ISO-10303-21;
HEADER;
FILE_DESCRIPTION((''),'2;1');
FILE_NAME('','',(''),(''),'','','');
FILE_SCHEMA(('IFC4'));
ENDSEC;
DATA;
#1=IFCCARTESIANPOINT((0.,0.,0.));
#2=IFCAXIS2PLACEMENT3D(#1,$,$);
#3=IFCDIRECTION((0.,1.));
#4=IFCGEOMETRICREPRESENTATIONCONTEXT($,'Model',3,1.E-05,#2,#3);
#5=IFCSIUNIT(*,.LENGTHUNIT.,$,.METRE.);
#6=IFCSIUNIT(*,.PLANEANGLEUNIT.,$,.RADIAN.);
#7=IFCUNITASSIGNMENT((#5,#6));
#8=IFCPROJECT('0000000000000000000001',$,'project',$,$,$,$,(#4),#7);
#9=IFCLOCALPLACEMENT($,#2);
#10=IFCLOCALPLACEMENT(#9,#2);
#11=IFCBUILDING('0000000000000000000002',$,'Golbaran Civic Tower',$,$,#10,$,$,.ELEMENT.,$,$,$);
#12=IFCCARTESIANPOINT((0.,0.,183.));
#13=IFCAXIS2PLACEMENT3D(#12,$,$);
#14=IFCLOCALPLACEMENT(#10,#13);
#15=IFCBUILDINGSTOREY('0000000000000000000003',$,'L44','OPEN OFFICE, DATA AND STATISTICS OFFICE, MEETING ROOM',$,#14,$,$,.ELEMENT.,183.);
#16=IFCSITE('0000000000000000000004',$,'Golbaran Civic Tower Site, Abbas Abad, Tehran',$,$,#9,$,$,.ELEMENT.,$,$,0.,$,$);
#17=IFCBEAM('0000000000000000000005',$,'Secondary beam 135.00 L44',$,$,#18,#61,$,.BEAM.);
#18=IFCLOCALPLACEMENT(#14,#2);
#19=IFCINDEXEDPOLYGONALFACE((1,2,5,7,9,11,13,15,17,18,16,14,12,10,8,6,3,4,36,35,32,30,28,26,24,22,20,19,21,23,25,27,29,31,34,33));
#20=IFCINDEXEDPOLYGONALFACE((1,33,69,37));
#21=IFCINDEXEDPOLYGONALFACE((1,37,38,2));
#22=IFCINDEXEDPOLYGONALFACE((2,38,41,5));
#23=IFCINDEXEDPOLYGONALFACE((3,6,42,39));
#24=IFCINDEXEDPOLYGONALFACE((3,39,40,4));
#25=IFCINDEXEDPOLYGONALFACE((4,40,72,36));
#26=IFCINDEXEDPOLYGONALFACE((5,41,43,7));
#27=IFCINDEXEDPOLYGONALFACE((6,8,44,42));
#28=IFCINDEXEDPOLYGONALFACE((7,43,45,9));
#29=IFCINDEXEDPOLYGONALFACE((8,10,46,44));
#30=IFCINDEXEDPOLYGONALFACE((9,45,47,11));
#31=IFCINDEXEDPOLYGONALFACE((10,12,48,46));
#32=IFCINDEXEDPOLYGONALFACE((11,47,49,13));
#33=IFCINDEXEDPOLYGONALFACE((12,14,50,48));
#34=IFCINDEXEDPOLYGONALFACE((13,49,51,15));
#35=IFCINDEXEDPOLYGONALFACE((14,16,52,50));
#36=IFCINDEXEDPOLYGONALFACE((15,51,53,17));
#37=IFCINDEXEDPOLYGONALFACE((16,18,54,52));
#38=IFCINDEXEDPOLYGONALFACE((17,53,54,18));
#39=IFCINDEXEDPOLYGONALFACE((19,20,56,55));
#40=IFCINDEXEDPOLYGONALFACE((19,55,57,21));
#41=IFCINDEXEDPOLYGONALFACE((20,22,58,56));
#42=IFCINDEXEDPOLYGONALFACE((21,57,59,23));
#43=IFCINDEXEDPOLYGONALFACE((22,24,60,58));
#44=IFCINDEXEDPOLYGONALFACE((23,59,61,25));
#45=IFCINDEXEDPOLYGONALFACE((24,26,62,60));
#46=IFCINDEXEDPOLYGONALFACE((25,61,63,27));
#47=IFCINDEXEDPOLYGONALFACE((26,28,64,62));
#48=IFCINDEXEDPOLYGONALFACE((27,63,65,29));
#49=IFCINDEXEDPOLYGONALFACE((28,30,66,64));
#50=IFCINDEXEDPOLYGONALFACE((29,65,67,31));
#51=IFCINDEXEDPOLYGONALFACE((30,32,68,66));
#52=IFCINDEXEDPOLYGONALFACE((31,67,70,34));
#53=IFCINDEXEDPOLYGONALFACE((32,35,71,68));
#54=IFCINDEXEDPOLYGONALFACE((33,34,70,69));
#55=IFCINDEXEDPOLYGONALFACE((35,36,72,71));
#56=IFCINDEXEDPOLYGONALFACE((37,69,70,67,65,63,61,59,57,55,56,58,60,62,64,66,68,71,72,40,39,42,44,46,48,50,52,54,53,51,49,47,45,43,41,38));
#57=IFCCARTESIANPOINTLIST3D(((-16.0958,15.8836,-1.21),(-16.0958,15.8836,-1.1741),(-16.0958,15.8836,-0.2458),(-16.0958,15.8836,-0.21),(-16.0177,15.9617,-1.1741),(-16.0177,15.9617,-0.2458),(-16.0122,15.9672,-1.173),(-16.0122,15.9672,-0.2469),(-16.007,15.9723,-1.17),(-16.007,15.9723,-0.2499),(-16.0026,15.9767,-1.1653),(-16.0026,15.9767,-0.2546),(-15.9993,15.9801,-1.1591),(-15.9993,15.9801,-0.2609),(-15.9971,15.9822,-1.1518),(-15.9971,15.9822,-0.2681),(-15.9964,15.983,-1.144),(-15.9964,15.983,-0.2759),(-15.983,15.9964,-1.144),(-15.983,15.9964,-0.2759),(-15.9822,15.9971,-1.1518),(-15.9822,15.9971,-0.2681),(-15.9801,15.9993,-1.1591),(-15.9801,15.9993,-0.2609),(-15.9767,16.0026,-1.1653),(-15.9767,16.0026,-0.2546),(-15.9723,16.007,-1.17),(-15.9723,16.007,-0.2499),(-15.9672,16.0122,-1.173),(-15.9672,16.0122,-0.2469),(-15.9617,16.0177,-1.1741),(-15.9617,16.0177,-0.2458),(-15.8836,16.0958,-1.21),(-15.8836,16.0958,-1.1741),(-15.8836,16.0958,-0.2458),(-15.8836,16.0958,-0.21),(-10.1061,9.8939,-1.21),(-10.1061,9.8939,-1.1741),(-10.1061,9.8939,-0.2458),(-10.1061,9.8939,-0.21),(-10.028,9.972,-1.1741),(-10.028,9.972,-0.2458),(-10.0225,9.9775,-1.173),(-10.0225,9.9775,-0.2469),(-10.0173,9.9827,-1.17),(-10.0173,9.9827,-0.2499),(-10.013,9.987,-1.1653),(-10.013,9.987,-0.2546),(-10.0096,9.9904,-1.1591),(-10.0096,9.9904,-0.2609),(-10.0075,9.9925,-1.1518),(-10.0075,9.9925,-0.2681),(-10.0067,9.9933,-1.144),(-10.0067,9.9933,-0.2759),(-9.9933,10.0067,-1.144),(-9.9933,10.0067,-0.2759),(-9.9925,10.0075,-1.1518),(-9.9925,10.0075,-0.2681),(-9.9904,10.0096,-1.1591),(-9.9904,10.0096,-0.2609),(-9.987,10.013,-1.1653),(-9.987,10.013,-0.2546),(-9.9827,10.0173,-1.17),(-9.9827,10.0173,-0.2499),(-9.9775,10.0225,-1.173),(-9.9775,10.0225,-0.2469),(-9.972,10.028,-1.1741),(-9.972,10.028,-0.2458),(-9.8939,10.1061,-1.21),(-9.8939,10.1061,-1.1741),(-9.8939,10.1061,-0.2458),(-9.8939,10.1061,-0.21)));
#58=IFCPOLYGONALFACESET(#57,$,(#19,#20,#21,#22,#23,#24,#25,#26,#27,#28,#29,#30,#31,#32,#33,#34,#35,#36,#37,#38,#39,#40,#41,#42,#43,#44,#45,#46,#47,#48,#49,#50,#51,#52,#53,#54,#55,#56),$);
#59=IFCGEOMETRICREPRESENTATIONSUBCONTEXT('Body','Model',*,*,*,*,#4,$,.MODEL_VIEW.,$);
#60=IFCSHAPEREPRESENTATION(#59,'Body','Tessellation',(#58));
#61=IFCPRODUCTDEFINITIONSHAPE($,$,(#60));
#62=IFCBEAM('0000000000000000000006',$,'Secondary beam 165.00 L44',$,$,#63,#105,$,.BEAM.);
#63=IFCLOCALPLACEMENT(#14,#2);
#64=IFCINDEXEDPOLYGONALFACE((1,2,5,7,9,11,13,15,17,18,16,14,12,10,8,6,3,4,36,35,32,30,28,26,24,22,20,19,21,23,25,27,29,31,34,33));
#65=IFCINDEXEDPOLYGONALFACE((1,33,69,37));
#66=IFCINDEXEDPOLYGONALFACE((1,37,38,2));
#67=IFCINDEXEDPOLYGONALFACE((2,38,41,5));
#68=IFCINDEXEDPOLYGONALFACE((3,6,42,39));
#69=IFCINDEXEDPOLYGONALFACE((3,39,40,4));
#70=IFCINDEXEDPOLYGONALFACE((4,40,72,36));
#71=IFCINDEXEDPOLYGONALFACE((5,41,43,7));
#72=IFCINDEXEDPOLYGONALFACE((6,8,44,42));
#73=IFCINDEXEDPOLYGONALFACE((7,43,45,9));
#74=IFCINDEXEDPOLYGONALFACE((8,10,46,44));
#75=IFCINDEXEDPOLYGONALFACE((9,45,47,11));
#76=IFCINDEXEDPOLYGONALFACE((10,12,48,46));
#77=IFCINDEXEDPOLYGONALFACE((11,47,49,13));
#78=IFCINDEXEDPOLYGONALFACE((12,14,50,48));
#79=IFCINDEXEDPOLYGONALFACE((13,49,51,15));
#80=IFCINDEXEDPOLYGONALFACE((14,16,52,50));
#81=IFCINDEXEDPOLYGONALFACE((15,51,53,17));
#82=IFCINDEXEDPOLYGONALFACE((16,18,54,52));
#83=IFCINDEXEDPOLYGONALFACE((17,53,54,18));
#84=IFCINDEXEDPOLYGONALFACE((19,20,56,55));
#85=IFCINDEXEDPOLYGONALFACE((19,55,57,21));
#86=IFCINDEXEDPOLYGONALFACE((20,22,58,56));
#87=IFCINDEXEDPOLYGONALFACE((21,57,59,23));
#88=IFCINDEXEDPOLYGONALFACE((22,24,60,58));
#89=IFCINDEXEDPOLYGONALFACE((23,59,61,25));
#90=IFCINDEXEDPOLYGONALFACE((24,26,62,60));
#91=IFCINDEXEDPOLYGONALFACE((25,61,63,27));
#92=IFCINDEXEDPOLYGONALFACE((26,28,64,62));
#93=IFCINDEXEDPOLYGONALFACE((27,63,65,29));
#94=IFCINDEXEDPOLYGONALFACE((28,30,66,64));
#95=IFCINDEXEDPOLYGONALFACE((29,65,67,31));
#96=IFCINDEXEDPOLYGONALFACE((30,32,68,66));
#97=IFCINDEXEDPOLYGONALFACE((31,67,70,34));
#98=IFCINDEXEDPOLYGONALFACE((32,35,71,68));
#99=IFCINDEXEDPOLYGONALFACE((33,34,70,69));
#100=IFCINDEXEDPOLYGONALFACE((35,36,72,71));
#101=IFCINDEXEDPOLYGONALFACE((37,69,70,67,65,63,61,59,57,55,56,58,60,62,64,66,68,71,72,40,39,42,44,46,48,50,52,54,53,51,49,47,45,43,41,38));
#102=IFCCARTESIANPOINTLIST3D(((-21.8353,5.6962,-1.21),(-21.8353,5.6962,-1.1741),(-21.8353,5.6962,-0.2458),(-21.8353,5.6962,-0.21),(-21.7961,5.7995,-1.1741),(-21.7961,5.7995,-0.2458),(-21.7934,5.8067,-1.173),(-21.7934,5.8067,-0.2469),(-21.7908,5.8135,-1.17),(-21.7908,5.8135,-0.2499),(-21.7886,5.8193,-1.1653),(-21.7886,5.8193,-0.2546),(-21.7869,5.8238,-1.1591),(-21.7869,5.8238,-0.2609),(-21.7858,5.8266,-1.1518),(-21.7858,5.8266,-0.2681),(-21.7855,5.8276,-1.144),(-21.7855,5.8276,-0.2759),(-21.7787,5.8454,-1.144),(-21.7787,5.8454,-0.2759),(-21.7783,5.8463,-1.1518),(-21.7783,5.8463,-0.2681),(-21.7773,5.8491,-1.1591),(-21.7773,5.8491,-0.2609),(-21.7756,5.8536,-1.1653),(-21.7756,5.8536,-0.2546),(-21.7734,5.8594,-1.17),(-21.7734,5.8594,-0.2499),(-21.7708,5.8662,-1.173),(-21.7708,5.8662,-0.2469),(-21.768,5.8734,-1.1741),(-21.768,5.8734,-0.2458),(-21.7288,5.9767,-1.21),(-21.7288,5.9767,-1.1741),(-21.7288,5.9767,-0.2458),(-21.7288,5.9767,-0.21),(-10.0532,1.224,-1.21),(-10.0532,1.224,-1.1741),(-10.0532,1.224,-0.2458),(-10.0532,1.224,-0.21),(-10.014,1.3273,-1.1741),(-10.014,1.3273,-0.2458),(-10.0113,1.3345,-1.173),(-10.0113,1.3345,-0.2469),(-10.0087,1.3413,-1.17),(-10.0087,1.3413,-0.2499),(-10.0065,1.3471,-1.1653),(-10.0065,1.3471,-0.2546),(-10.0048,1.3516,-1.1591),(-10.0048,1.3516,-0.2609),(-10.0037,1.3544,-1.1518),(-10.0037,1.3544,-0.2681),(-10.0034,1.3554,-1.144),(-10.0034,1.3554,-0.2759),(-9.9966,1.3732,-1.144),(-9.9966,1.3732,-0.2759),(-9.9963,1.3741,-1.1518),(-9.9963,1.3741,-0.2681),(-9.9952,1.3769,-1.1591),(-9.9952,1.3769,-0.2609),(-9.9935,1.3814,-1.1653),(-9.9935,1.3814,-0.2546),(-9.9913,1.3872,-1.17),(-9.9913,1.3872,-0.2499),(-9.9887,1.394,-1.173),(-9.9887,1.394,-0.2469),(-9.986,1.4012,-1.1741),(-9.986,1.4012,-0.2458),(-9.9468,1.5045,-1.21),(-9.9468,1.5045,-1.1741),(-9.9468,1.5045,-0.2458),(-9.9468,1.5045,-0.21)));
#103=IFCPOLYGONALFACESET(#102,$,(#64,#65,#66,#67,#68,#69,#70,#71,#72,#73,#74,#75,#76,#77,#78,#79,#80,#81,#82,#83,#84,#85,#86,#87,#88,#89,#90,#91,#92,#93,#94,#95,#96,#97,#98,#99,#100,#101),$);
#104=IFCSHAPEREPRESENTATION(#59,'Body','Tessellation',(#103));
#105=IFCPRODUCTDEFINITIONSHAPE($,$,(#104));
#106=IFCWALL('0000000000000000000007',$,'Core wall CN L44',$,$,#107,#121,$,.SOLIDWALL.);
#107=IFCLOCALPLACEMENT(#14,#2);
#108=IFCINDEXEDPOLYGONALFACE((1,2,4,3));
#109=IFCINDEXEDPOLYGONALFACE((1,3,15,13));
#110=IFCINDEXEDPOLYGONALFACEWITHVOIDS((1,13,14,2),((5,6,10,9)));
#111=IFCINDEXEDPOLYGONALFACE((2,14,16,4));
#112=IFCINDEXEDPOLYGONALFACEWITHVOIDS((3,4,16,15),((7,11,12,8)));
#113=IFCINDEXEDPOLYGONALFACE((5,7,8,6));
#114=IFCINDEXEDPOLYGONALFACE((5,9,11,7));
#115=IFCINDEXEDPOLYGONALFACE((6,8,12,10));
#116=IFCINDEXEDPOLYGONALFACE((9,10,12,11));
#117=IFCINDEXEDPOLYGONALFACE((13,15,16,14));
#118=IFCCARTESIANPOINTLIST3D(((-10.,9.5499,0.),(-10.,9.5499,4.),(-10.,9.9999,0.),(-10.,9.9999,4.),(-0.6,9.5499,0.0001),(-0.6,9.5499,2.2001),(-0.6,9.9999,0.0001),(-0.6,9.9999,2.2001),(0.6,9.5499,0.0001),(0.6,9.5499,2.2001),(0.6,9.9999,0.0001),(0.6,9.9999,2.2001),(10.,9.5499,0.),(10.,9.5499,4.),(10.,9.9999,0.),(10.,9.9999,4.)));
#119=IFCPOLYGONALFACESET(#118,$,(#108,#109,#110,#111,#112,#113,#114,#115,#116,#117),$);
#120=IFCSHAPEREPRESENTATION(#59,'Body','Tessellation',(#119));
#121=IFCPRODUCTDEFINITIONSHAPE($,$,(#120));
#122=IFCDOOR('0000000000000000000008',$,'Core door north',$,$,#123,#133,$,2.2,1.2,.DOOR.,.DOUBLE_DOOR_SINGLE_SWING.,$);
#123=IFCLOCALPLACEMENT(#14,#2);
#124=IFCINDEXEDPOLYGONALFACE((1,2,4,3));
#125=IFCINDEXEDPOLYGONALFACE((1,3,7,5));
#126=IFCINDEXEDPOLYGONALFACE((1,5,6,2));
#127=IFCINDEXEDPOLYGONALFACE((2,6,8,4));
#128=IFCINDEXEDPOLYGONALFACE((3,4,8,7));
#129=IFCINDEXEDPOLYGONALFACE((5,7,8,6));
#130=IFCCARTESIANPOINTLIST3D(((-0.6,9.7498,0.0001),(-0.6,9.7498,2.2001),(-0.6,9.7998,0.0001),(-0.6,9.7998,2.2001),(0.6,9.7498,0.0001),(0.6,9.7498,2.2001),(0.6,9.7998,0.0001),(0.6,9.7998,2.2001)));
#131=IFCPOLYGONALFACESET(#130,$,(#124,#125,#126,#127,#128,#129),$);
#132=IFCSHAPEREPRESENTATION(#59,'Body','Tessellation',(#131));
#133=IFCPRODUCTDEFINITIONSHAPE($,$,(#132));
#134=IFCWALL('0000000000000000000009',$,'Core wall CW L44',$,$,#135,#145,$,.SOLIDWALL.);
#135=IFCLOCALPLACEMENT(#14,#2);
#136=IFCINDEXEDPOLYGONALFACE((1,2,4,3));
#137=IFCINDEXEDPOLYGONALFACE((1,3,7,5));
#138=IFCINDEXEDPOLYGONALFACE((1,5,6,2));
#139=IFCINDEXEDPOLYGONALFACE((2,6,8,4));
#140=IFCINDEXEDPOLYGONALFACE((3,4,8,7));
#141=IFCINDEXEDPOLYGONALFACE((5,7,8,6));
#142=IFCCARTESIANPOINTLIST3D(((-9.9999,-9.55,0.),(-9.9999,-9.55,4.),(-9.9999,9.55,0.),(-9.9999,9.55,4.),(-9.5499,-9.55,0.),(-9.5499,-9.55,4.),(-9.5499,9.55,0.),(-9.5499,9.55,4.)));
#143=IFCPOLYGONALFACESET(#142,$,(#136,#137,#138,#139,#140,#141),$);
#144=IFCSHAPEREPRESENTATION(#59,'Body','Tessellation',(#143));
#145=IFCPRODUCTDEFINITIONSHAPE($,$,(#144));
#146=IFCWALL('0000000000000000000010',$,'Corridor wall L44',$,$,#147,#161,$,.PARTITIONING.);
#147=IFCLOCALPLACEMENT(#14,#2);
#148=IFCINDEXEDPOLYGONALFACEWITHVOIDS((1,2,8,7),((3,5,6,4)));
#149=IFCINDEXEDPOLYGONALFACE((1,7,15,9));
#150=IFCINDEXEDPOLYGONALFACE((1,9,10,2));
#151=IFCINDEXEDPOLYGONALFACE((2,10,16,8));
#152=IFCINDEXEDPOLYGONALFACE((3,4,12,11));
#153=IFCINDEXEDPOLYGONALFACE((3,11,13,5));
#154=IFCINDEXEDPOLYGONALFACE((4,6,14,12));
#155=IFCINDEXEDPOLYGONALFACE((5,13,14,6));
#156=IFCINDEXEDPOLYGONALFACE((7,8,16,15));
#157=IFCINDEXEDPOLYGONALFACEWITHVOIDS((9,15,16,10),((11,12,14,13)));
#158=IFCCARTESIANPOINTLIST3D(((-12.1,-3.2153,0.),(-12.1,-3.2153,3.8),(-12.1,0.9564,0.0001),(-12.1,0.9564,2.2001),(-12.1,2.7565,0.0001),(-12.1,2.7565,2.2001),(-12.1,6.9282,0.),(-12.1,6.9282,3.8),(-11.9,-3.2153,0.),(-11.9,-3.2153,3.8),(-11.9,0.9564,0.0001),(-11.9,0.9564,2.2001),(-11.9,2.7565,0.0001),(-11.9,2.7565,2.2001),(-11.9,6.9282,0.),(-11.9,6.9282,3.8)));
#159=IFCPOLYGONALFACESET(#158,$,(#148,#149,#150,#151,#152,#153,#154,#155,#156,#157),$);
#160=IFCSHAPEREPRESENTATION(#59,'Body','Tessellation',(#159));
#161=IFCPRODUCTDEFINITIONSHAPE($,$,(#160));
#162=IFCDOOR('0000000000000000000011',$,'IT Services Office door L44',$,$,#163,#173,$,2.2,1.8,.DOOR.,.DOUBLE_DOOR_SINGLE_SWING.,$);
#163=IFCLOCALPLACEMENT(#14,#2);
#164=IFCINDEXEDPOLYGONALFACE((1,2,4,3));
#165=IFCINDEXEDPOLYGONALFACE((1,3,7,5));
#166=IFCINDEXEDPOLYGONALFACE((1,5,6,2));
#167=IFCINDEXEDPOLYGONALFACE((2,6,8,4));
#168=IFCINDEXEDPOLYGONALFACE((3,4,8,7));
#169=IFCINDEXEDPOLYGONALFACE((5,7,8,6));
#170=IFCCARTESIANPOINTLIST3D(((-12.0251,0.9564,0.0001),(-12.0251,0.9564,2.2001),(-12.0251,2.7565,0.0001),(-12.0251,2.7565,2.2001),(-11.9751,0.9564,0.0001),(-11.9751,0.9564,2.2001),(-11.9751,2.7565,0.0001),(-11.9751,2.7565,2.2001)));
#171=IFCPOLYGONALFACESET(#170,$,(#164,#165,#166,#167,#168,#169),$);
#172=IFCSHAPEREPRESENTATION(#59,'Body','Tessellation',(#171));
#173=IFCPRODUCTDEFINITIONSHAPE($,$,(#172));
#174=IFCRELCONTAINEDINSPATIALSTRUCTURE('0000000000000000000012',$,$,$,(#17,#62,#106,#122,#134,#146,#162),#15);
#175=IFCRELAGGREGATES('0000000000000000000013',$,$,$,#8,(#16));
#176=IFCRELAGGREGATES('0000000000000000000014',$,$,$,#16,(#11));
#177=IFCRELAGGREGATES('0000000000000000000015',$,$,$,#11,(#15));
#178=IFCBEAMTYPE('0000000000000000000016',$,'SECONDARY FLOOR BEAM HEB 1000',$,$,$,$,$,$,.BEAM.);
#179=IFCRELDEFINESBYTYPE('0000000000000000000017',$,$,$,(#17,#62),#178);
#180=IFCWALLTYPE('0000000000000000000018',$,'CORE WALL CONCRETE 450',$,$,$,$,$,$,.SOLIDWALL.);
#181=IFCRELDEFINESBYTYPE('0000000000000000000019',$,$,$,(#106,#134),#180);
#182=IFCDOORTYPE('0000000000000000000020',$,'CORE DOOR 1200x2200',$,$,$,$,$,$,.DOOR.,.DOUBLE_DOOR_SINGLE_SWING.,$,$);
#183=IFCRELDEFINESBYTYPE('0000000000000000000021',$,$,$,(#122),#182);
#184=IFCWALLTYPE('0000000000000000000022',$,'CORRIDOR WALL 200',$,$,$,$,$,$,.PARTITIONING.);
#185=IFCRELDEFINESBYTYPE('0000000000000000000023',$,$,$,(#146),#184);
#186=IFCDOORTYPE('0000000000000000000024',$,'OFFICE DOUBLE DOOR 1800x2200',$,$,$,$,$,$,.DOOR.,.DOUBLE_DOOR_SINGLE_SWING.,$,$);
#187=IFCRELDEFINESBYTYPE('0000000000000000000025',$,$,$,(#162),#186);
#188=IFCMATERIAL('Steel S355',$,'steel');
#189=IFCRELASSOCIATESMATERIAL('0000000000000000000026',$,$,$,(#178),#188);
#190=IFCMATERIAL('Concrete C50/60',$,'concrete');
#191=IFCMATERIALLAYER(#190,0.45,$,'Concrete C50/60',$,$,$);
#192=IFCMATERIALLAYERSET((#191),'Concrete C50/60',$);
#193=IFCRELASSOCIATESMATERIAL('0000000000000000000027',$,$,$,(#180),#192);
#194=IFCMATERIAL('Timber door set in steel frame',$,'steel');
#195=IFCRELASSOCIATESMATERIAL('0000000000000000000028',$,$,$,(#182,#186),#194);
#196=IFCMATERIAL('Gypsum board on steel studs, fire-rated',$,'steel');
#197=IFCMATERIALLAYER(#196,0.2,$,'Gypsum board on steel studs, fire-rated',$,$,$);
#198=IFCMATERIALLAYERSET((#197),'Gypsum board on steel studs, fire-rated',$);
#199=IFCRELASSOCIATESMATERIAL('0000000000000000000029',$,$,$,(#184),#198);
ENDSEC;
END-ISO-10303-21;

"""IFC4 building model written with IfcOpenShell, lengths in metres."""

from ifc_helpers import new_model, si_unit, direction, frame, frame_2d, origin, origin_2d, place, context, subcontext, project, spatial, rectangle, i_section, extrude, material, layer, layer_set, material_profile, profile_set, type_object, element, fill, save


model = new_model("IFC4")

# Units and contexts
model_context = context("Model", 3, precision=1e-05, world=origin(), true_north=direction((0.0, 1.0)))
body_context = subcontext(model_context, "Body", "Model", "MODEL_VIEW")
ifc_project = project(units=[si_unit("LENGTHUNIT", "METRE"), si_unit("PLANEANGLEUNIT", "RADIAN")], contexts=[model_context])

# Site, building, storey
site_placement = place(None, origin())
site = spatial("IfcSite", under=ifc_project, at=site_placement, Name="Golbaran Civic Tower Site, Abbas Abad, Tehran", CompositionType="ELEMENT", RefElevation=0.0)
building_placement = place(site_placement, origin())
building = spatial("IfcBuilding", under=site, at=building_placement, Name="Golbaran Civic Tower", CompositionType="ELEMENT")
storey_placement = place(building_placement, frame((0.0, 0.0, 183.0)))
storey = spatial("IfcBuildingStorey", under=building, at=storey_placement, Name="L44", Description="OPEN OFFICE, DATA AND STATISTICS OFFICE, MEETING ROOM", CompositionType="ELEMENT", Elevation=183.0)

# Beams
ifc_material_1 = material(Name="Steel S355", Category="steel")
ifc_material_profile_1 = material_profile(ifc_material_1, i_section(OverallWidth=0.3, OverallDepth=1.0, WebThickness=0.019, FlangeThickness=0.0359, FilletRadius=0.03, at=origin_2d()), Name="HEB 1000")
ifc_profile_set_1 = profile_set([ifc_material_profile_1], Name="Steel S355")
beam_type_1 = type_object("IfcBeamType", Name="SECONDARY FLOOR BEAM HEB 1000", PredefinedType="BEAM", material=ifc_profile_set_1)
beam_1_placement = place(storey_placement, frame((-10.0, 10.0, -0.71), z_axis=(-0.707107, 0.707107, 0.0), x_axis=(-0.707107, -0.707107, 0.0)))
element("IfcBeam", 1, at=beam_1_placement, inside=storey, type_object=beam_type_1, Name="Secondary beam 135.00 L44", PredefinedType="BEAM", context=body_context, shape_type="SweptSolid", body=[
    extrude(i_section(OverallWidth=0.3, OverallDepth=1.0, WebThickness=0.019, FlangeThickness=0.0359, FilletRadius=0.03, at=origin_2d()), origin(), (0.0, 0.0, 1.0), 8.4707),
])
beam_2_placement = place(storey_placement, frame((-10.0, 1.3643, -0.71), z_axis=(-0.934915, 0.354872, 0.0), x_axis=(-0.354872, -0.934915, 0.0)))
element("IfcBeam", 2, at=beam_2_placement, inside=storey, type_object=beam_type_1, Name="Secondary beam 165.00 L44", PredefinedType="BEAM", context=body_context, shape_type="SweptSolid", body=[
    extrude(i_section(OverallWidth=0.3, OverallDepth=1.0, WebThickness=0.019, FlangeThickness=0.0359, FilletRadius=0.03, at=origin_2d()), origin(), (0.0, 0.0, 1.0), 12.6023),
])

# Wall, opening, door
ifc_material_2 = material(Name="Concrete C50/60", Category="concrete")
ifc_layer_1 = layer(ifc_material_2, 0.45, Name="Concrete C50/60")
ifc_layer_set_1 = layer_set([ifc_layer_1], Name="Concrete C50/60")
wall_type_1 = type_object("IfcWallType", Name="CORE WALL CONCRETE 450", PredefinedType="SOLIDWALL", material=ifc_layer_set_1)
wall_1_placement = place(storey_placement, frame((-10.0, 9.7749, 0.0), z_axis=(0.0, 0.0, 1.0), x_axis=(1.0, 0.0, 0.0)))
wall_1 = element("IfcWall", 3, at=wall_1_placement, inside=storey, type_object=wall_type_1, Name="Core wall CN L44", PredefinedType="SOLIDWALL", context=body_context, shape_type="SweptSolid", body=[
    extrude(rectangle(XDim=20.0, YDim=0.45, at=frame_2d((10.0, 0.0))), origin(), (0.0, 0.0, 1.0), 4.0),
])
opening_1_placement = place(wall_1_placement, frame((9.3999, 0.0, 0.0)))
opening_1 = element("IfcOpeningElement", 4, at=opening_1_placement, cuts=wall_1, PredefinedType="OPENING", context=body_context, shape_type="SweptSolid", body=[
    extrude(rectangle(XDim=1.2, YDim=2.2, at=frame_2d((0.6001, 1.1001))), frame((0.0, 0.2349, 0.0), z_axis=(0.0, -1.0, 0.0), x_axis=(1.0, 0.0, 0.0)), (0.0, 0.0, 1.0), 0.47),
])
ifc_material_3 = material(Name="Timber door set in steel frame", Category="steel")
door_type_1 = type_object("IfcDoorType", Name="CORE DOOR 1200x2200", OperationType="DOUBLE_DOOR_SINGLE_SWING", PredefinedType="DOOR", material=ifc_material_3)
door_1_placement = place(opening_1_placement, origin())
door_1 = element("IfcDoor", 5, at=door_1_placement, inside=storey, type_object=door_type_1, Name="Core door north", OperationType="DOUBLE_DOOR_SINGLE_SWING", OverallHeight=2.2, OverallWidth=1.2, PredefinedType="DOOR", context=body_context, shape_type="SweptSolid", body=[
    extrude(rectangle(XDim=1.2, YDim=2.2, at=frame_2d((0.6001, 1.1001))), frame((0.0, 0.0249, 0.0), z_axis=(0.0, -1.0, 0.0), x_axis=(1.0, 0.0, 0.0)), (0.0, 0.0, 1.0), 0.05),
])
fill(opening_1, door_1)

# Wall
wall_2_placement = place(storey_placement, frame((-9.7749, 9.55, 0.0), z_axis=(0.0, 0.0, 1.0), x_axis=(0.0, -1.0, 0.0)))
element("IfcWall", 6, at=wall_2_placement, inside=storey, type_object=wall_type_1, Name="Core wall CW L44", PredefinedType="SOLIDWALL", context=body_context, shape_type="SweptSolid", body=[
    extrude(rectangle(XDim=19.1001, YDim=0.45, at=frame_2d((9.55, 0.0))), origin(), (0.0, 0.0, 1.0), 4.0),
])

# Wall, opening, door
ifc_material_4 = material(Name="Gypsum board on steel studs, fire-rated", Category="steel")
ifc_layer_2 = layer(ifc_material_4, 0.2, Name="Gypsum board on steel studs, fire-rated")
ifc_layer_set_2 = layer_set([ifc_layer_2], Name="Gypsum board on steel studs, fire-rated")
wall_type_2 = type_object("IfcWallType", Name="CORRIDOR WALL 200", PredefinedType="PARTITIONING", material=ifc_layer_set_2)
wall_3_placement = place(storey_placement, frame((-12.0, 6.9282, 0.0), z_axis=(0.0, 0.0, 1.0), x_axis=(0.0, -1.0, 0.0)))
wall_3 = element("IfcWall", 7, at=wall_3_placement, inside=storey, type_object=wall_type_2, Name="Corridor wall L44", PredefinedType="PARTITIONING", context=body_context, shape_type="SweptSolid", body=[
    extrude(rectangle(XDim=10.1436, YDim=0.2, at=frame_2d((5.0718, 0.0))), origin(), (0.0, 0.0, 1.0), 3.8),
])
opening_2_placement = place(wall_3_placement, frame((4.1719, 0.0, 0.0)))
opening_2 = element("IfcOpeningElement", 8, at=opening_2_placement, cuts=wall_3, PredefinedType="OPENING", context=body_context, shape_type="SweptSolid", body=[
    extrude(rectangle(XDim=1.8, YDim=2.2, at=frame_2d((0.8999, 1.1001))), frame((0.0, 0.1099, 0.0), z_axis=(0.0, -1.0, 0.0), x_axis=(1.0, 0.0, 0.0)), (0.0, 0.0, 1.0), 0.22),
])
door_type_2 = type_object("IfcDoorType", Name="OFFICE DOUBLE DOOR 1800x2200", OperationType="DOUBLE_DOOR_SINGLE_SWING", PredefinedType="DOOR", material=ifc_material_3)
door_2_placement = place(opening_2_placement, origin())
door_2 = element("IfcDoor", 9, at=door_2_placement, inside=storey, type_object=door_type_2, Name="IT Services Office door L44", OperationType="DOUBLE_DOOR_SINGLE_SWING", OverallHeight=2.2, OverallWidth=1.8, PredefinedType="DOOR", context=body_context, shape_type="SweptSolid", body=[
    extrude(rectangle(XDim=1.8, YDim=2.2, at=frame_2d((0.8999, 1.1001))), frame((0.0, 0.0249, 0.0), z_axis=(0.0, -1.0, 0.0), x_axis=(1.0, 0.0, 0.0)), (0.0, 0.0, 1.0), 0.05),
])
fill(opening_2, door_2)

save(model, "model.ifc")
